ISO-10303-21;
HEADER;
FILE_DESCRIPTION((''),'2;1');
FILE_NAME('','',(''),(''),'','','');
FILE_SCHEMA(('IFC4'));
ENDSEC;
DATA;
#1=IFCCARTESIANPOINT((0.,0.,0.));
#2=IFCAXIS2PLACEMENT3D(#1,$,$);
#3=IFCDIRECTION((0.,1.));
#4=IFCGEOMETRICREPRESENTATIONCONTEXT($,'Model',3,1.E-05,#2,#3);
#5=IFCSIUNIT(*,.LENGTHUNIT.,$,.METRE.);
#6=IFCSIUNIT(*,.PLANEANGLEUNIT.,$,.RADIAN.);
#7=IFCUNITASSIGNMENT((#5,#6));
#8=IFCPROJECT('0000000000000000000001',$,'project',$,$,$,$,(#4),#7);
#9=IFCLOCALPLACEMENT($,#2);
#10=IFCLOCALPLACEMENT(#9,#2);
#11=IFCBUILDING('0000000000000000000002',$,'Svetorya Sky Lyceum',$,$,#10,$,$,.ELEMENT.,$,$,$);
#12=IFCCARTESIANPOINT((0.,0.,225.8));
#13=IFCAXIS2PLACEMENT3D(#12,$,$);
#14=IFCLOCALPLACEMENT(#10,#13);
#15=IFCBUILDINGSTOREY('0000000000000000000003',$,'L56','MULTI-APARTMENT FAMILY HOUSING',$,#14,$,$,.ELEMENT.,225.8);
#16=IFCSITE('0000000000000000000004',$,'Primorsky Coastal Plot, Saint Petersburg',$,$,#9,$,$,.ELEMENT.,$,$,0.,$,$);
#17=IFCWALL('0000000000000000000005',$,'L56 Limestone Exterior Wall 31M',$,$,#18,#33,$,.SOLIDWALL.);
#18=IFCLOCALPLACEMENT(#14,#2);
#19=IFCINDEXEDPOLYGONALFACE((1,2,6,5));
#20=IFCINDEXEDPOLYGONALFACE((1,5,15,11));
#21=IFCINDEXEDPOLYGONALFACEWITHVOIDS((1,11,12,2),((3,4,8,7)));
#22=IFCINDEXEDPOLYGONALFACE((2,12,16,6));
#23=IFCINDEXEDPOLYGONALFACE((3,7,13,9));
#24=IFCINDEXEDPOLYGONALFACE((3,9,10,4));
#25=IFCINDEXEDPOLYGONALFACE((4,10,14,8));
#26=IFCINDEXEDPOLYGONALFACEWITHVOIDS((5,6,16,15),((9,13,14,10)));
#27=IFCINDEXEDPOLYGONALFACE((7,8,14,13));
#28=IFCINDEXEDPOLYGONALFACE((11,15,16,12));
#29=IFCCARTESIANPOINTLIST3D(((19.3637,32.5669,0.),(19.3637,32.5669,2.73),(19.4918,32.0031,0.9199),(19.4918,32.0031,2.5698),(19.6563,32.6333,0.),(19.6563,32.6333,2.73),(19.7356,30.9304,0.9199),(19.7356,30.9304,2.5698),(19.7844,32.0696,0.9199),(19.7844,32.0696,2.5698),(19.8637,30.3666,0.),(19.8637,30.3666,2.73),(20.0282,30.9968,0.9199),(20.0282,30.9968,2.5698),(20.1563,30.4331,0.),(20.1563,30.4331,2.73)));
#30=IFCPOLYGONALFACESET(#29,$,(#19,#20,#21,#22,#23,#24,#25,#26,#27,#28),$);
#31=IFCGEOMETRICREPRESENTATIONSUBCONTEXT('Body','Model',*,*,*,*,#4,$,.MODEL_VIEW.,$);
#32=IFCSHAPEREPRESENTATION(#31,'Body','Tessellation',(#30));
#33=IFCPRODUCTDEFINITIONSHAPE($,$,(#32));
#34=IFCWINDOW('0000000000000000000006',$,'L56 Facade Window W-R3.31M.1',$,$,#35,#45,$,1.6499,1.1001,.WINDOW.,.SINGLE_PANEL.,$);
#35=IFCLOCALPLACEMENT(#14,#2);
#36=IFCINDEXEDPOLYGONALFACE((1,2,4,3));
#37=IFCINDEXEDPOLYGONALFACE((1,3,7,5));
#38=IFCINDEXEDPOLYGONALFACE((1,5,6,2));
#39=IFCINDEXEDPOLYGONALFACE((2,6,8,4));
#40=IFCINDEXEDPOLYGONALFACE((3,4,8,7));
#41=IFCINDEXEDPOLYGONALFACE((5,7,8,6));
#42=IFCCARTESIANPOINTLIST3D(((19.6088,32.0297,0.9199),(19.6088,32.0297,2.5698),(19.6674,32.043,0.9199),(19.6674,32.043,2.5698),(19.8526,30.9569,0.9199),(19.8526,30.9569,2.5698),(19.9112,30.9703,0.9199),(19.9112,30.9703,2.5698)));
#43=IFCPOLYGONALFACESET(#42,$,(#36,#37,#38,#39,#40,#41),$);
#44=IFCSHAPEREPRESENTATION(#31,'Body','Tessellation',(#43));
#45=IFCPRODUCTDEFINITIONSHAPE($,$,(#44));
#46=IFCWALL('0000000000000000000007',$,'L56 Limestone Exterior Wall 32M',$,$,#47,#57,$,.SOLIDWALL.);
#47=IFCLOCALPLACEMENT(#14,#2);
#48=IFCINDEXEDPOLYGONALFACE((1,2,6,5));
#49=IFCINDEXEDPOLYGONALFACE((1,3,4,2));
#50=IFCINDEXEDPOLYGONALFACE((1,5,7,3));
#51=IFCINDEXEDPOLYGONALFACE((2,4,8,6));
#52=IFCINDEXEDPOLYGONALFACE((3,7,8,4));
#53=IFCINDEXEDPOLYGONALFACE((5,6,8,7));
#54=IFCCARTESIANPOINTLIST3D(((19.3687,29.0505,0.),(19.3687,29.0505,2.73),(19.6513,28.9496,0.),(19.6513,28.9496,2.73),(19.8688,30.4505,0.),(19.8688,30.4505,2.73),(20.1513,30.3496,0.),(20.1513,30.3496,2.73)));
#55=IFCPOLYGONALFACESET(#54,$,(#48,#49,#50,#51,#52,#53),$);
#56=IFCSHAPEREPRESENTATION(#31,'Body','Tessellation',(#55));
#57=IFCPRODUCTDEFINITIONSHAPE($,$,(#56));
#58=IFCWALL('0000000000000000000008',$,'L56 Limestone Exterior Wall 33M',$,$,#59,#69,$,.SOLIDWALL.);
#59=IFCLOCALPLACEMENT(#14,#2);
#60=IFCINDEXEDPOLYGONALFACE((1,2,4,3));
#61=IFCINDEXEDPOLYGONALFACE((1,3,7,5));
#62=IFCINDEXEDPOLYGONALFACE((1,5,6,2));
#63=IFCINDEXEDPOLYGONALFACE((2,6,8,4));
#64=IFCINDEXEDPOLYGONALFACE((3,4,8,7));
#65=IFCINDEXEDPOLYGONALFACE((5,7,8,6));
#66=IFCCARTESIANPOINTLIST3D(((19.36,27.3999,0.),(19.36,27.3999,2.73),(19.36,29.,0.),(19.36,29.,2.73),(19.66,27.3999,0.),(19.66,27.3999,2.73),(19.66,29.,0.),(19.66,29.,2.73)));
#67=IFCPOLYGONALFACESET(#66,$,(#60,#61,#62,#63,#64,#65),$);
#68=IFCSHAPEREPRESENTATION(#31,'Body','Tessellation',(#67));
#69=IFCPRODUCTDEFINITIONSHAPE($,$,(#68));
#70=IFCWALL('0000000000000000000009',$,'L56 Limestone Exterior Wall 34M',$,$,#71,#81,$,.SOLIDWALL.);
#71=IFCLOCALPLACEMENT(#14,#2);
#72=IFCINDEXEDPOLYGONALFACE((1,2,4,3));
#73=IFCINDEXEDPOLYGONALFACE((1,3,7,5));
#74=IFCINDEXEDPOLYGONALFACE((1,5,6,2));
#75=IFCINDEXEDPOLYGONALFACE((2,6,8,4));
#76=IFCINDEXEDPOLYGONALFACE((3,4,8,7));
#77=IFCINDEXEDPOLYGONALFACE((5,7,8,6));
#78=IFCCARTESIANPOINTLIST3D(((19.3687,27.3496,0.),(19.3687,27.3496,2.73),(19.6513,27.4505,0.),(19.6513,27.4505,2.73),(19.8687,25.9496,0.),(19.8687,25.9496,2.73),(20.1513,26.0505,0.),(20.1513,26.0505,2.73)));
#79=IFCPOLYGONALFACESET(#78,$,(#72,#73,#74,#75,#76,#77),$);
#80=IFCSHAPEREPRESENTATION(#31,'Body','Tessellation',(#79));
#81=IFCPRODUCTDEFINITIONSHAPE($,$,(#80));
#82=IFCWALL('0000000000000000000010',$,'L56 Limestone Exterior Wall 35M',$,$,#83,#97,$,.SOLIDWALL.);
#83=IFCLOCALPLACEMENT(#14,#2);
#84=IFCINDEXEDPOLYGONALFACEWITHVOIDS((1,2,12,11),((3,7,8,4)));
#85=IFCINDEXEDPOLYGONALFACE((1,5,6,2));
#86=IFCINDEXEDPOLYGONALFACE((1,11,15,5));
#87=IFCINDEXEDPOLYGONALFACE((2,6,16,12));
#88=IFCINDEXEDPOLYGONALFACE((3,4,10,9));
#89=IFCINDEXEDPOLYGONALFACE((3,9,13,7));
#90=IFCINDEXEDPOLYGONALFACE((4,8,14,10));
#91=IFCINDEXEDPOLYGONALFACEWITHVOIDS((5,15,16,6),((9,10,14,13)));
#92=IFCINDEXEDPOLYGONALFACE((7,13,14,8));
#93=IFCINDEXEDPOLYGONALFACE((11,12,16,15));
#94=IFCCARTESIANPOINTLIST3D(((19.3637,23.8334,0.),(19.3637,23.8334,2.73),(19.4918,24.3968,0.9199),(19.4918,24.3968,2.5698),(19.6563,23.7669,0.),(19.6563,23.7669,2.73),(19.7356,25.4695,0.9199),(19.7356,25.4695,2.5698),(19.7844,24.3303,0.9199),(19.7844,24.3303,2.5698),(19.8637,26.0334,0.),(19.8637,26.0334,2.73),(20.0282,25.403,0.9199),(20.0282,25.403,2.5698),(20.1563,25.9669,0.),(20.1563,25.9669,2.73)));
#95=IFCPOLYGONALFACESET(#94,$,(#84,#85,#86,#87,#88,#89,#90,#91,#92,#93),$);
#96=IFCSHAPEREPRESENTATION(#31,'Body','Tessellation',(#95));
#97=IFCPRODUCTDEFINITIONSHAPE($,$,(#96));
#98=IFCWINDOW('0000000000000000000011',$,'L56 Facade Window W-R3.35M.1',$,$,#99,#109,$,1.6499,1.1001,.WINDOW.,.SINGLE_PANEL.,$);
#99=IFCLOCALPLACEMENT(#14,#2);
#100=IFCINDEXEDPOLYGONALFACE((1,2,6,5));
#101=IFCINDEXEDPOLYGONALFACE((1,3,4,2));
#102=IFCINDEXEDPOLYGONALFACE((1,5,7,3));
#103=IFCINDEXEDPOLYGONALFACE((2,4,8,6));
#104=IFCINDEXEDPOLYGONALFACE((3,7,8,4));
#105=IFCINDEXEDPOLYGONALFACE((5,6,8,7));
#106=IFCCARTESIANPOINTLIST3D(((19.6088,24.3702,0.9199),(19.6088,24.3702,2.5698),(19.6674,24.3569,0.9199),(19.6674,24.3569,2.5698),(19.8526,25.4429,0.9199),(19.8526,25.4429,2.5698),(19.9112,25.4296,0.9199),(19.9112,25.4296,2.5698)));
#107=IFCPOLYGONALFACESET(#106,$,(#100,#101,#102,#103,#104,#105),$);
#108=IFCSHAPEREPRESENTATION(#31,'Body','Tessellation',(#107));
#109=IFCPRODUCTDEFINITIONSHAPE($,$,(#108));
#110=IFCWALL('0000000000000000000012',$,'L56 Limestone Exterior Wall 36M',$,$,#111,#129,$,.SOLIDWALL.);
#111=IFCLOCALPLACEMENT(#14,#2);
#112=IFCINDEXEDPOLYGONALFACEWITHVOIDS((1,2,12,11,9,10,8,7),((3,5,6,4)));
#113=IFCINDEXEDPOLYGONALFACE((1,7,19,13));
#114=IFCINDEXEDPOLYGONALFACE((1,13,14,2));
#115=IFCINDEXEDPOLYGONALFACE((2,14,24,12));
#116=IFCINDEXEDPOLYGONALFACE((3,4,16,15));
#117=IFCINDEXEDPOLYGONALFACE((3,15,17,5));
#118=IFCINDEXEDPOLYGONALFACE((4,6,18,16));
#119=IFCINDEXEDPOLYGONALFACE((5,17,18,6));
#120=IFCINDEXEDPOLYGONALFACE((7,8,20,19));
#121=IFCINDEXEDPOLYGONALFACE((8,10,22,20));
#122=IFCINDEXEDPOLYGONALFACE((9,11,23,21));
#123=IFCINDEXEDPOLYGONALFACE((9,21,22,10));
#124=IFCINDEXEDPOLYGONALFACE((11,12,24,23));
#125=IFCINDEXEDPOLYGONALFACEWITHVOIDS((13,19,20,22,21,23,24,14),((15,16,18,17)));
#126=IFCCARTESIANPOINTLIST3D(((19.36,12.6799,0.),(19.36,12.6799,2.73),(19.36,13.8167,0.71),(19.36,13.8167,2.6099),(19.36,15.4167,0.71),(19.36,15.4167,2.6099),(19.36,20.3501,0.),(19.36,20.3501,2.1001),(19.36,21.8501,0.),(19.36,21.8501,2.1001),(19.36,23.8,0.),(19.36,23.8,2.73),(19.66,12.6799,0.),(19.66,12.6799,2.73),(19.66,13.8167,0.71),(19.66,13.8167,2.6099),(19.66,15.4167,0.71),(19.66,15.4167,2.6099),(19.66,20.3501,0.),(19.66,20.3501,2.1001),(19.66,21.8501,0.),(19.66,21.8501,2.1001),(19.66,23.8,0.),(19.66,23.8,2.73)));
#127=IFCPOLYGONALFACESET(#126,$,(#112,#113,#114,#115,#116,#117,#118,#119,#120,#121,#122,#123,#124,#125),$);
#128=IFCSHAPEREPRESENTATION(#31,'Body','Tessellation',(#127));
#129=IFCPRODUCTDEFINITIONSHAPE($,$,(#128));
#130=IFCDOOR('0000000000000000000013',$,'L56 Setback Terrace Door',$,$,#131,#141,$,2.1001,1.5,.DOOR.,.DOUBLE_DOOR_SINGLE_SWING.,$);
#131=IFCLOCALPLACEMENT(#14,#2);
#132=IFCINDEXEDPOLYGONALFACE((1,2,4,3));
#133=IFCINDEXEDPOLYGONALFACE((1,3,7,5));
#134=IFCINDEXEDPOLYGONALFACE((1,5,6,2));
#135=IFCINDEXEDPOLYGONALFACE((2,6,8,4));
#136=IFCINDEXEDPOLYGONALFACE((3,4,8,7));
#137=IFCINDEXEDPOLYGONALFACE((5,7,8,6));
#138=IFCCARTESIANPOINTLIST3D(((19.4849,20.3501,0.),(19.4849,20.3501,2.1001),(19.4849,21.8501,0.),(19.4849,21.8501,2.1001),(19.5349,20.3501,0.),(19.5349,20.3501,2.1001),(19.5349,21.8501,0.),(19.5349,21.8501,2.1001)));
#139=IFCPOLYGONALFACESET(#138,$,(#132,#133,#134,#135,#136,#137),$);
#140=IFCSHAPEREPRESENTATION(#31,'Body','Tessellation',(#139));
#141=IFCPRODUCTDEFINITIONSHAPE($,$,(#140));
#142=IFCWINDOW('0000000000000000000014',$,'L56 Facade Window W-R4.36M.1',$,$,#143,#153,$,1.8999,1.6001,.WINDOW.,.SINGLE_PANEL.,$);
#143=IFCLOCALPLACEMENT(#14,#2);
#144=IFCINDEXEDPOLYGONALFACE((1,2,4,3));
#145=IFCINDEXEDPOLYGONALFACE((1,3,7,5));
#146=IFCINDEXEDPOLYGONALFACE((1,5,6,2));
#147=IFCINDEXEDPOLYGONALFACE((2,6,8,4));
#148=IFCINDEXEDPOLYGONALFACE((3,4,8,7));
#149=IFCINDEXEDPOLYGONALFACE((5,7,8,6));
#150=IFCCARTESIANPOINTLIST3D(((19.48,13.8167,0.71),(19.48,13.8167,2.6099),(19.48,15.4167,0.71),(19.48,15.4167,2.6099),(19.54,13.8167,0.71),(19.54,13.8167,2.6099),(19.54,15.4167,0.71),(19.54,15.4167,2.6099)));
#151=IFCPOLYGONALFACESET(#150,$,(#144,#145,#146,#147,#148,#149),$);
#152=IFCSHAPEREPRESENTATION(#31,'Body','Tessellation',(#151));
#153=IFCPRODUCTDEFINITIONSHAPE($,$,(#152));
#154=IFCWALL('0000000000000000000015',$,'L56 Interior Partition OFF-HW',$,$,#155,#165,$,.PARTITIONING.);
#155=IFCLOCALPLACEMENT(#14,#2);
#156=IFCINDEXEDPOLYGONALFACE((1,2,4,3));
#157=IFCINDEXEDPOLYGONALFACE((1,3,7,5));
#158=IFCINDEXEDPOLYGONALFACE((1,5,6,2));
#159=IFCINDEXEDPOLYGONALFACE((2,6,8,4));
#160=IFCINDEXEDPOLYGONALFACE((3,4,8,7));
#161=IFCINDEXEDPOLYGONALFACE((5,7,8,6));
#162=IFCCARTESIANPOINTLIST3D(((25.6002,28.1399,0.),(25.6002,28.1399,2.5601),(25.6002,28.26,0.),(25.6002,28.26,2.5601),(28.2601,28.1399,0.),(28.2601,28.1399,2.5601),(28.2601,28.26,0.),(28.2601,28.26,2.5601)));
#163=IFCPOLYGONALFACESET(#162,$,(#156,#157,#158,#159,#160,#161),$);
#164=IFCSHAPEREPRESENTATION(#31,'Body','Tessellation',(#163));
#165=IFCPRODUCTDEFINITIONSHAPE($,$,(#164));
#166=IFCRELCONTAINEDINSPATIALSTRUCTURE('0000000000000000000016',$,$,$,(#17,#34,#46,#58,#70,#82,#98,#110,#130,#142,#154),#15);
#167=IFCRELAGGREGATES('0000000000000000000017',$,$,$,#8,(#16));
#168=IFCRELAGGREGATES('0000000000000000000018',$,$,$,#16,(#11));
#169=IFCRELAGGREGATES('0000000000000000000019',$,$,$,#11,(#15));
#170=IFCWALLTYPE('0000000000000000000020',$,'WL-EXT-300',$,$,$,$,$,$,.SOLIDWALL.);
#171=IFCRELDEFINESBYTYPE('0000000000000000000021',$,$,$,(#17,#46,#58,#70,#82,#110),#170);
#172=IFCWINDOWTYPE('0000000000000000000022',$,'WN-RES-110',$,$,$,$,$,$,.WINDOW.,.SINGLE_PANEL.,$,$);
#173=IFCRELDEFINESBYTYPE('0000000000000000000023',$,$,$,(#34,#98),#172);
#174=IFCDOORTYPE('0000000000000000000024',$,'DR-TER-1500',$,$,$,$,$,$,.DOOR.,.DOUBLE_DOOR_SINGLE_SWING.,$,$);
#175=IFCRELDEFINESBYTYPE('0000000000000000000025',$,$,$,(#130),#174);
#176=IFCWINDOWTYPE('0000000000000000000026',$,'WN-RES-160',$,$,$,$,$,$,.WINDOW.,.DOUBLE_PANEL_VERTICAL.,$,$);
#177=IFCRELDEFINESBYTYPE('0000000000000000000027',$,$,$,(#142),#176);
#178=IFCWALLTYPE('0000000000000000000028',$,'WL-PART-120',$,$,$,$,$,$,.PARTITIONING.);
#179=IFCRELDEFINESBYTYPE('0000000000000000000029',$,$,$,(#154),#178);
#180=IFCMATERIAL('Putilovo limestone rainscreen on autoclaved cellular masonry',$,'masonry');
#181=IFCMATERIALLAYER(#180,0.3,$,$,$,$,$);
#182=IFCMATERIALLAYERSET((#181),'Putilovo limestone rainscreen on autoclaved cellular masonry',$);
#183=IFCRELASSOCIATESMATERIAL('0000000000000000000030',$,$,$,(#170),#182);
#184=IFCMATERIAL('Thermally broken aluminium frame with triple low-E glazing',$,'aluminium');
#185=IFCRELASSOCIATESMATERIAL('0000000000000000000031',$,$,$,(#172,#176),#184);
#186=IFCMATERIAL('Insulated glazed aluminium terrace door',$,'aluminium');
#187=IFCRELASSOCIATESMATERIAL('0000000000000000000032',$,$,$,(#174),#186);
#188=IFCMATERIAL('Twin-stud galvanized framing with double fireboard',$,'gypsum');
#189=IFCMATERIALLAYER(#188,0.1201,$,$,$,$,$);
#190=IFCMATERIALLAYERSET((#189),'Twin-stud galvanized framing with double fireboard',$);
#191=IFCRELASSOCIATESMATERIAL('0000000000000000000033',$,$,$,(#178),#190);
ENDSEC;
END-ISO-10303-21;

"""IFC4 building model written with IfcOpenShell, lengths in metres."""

from ifc_helpers import new_model, si_unit, direction, frame, frame_2d, origin, place, context, subcontext, project, spatial, rectangle, extrude, material, layer, layer_set, type_object, element, fill, save


model = new_model("IFC4")

# Units and contexts
model_context = context("Model", 3, precision=1e-05, world=origin(), true_north=direction((0.0, 1.0)))
body_context = subcontext(model_context, "Body", "Model", "MODEL_VIEW")
ifc_project = project(units=[si_unit("LENGTHUNIT", "METRE"), si_unit("PLANEANGLEUNIT", "RADIAN")], contexts=[model_context])

# Site, building, storey
site_placement = place(None, origin())
site = spatial("IfcSite", under=ifc_project, at=site_placement, Name="Primorsky Coastal Plot, Saint Petersburg", CompositionType="ELEMENT", RefElevation=0.0)
building_placement = place(site_placement, origin())
building = spatial("IfcBuilding", under=site, at=building_placement, Name="Svetorya Sky Lyceum", CompositionType="ELEMENT")
storey_placement = place(building_placement, frame((0.0, 0.0, 225.8)))
storey = spatial("IfcBuildingStorey", under=building, at=storey_placement, Name="L56", Description="MULTI-APARTMENT FAMILY HOUSING", CompositionType="ELEMENT", Elevation=225.8)

# Wall, opening, window
ifc_material_1 = material(Name="Putilovo limestone rainscreen on autoclaved cellular masonry", Category="masonry")
ifc_layer_1 = layer(ifc_material_1, 0.3)
ifc_layer_set_1 = layer_set([ifc_layer_1], Name="Putilovo limestone rainscreen on autoclaved cellular masonry")
wall_type_1 = type_object("IfcWallType", Name="WL-EXT-300", PredefinedType="SOLIDWALL", material=ifc_layer_set_1)
wall_1_placement = place(storey_placement, frame((19.51, 32.6001, 0.0), z_axis=(0.0, 0.0, 1.0), x_axis=(0.221602, -0.975137, 0.0)))
wall_1 = element("IfcWall", 1, at=wall_1_placement, inside=storey, type_object=wall_type_1, Name="L56 Limestone Exterior Wall 31M", PredefinedType="SOLIDWALL", context=body_context, shape_type="SweptSolid", body=[
    extrude(rectangle(XDim=2.2563, YDim=0.3, at=frame_2d((1.1282, 0.0))), origin(), (0.0, 0.0, 1.0), 2.73),
])
opening_1_placement = place(wall_1_placement, frame((0.5781, 0.0, 0.9199)))
opening_1 = element("IfcOpeningElement", 2, at=opening_1_placement, cuts=wall_1, PredefinedType="OPENING", context=body_context, shape_type="SweptSolid", body=[
    extrude(rectangle(XDim=1.1001, YDim=1.6499, at=frame_2d((0.55, 0.825))), frame((0.0, 0.1599, 0.0), z_axis=(0.0, -1.0, 0.0), x_axis=(1.0, 0.0, 0.0)), (0.0, 0.0, 1.0), 0.3201),
])
ifc_material_2 = material(Name="Thermally broken aluminium frame with triple low-E glazing", Category="aluminium")
window_type_1 = type_object("IfcWindowType", Name="WN-RES-110", PartitioningType="SINGLE_PANEL", PredefinedType="WINDOW", material=ifc_material_2)
window_1_placement = place(opening_1_placement, origin())
window_1 = element("IfcWindow", 3, at=window_1_placement, inside=storey, type_object=window_type_1, Name="L56 Facade Window W-R3.31M.1", OverallHeight=1.6499, OverallWidth=1.1001, PartitioningType="SINGLE_PANEL", PredefinedType="WINDOW", context=body_context, shape_type="SweptSolid", body=[
    extrude(rectangle(XDim=1.1001, YDim=1.6499, at=frame_2d((0.55, 0.825))), frame((0.0, 0.03, 0.0), z_axis=(0.0, -1.0, 0.0), x_axis=(1.0, 0.0, 0.0)), (0.0, 0.0, 1.0), 0.0601),
])
fill(opening_1, window_1)

# Walls
wall_2_placement = place(storey_placement, frame((20.01, 30.3999, 0.0), z_axis=(0.0, 0.0, 1.0), x_axis=(-0.336357, -0.941734, 0.0)))
element("IfcWall", 4, at=wall_2_placement, inside=storey, type_object=wall_type_1, Name="L56 Limestone Exterior Wall 32M", PredefinedType="SOLIDWALL", context=body_context, shape_type="SweptSolid", body=[
    extrude(rectangle(XDim=1.4866, YDim=0.3, at=frame_2d((0.7432, 0.0))), origin(), (0.0, 0.0, 1.0), 2.73),
])
wall_3_placement = place(storey_placement, frame((19.51, 29.0, 0.0), z_axis=(0.0, 0.0, 1.0), x_axis=(0.0, -1.0, 0.0)))
element("IfcWall", 5, at=wall_3_placement, inside=storey, type_object=wall_type_1, Name="L56 Limestone Exterior Wall 33M", PredefinedType="SOLIDWALL", context=body_context, shape_type="SweptSolid", body=[
    extrude(rectangle(XDim=1.6001, YDim=0.3, at=frame_2d((0.8, 0.0))), origin(), (0.0, 0.0, 1.0), 2.73),
])
wall_4_placement = place(storey_placement, frame((19.51, 27.3999, 0.0), z_axis=(0.0, 0.0, 1.0), x_axis=(0.336357, -0.941734, 0.0)))
element("IfcWall", 6, at=wall_4_placement, inside=storey, type_object=wall_type_1, Name="L56 Limestone Exterior Wall 34M", PredefinedType="SOLIDWALL", context=body_context, shape_type="SweptSolid", body=[
    extrude(rectangle(XDim=1.4866, YDim=0.3, at=frame_2d((0.7432, 0.0))), origin(), (0.0, 0.0, 1.0), 2.73),
])

# Wall, opening, window
wall_5_placement = place(storey_placement, frame((20.01, 26.0, 0.0), z_axis=(0.0, 0.0, 1.0), x_axis=(-0.221626, -0.975132, 0.0)))
wall_5 = element("IfcWall", 7, at=wall_5_placement, inside=storey, type_object=wall_type_1, Name="L56 Limestone Exterior Wall 35M", PredefinedType="SOLIDWALL", context=body_context, shape_type="SweptSolid", body=[
    extrude(rectangle(XDim=2.2561, YDim=0.3, at=frame_2d((1.1279, 0.0))), origin(), (0.0, 0.0, 1.0), 2.73),
])
opening_2_placement = place(wall_5_placement, frame((0.5781, 0.0, 0.9199)))
opening_2 = element("IfcOpeningElement", 8, at=opening_2_placement, cuts=wall_5, PredefinedType="OPENING", context=body_context, shape_type="SweptSolid", body=[
    extrude(rectangle(XDim=1.1001, YDim=1.6499, at=frame_2d((0.55, 0.825))), frame((0.0, 0.1599, 0.0), z_axis=(0.0, -1.0, 0.0), x_axis=(1.0, 0.0, 0.0)), (0.0, 0.0, 1.0), 0.3201),
])
window_2_placement = place(opening_2_placement, origin())
window_2 = element("IfcWindow", 9, at=window_2_placement, inside=storey, type_object=window_type_1, Name="L56 Facade Window W-R3.35M.1", OverallHeight=1.6499, OverallWidth=1.1001, PartitioningType="SINGLE_PANEL", PredefinedType="WINDOW", context=body_context, shape_type="SweptSolid", body=[
    extrude(rectangle(XDim=1.1001, YDim=1.6499, at=frame_2d((0.55, 0.825))), frame((0.0, 0.03, 0.0), z_axis=(0.0, -1.0, 0.0), x_axis=(1.0, 0.0, 0.0)), (0.0, 0.0, 1.0), 0.0601),
])
fill(opening_2, window_2)

# Wall, openings, door, window
wall_6_placement = place(storey_placement, frame((19.51, 23.8, 0.0), z_axis=(0.0, 0.0, 1.0), x_axis=(0.0, -1.0, 0.0)))
wall_6 = element("IfcWall", 10, at=wall_6_placement, inside=storey, type_object=wall_type_1, Name="L56 Limestone Exterior Wall 36M", PredefinedType="SOLIDWALL", context=body_context, shape_type="SweptSolid", body=[
    extrude(rectangle(XDim=11.1201, YDim=0.3, at=frame_2d((5.5601, 0.0))), origin(), (0.0, 0.0, 1.0), 2.73),
])
opening_3_placement = place(wall_6_placement, frame((1.95, 0.0, 0.0)))
opening_3 = element("IfcOpeningElement", 11, at=opening_3_placement, cuts=wall_6, PredefinedType="OPENING", context=body_context, shape_type="SweptSolid", body=[
    extrude(rectangle(XDim=1.5, YDim=2.1001, at=frame_2d((0.75, 1.05))), frame((0.0, 0.1599, 0.0), z_axis=(0.0, -1.0, 0.0), x_axis=(1.0, 0.0, 0.0)), (0.0, 0.0, 1.0), 0.3201),
])
opening_4_placement = place(wall_6_placement, frame((8.3833, 0.0, 0.71)))
opening_4 = element("IfcOpeningElement", 12, at=opening_4_placement, cuts=wall_6, PredefinedType="OPENING", context=body_context, shape_type="SweptSolid", body=[
    extrude(rectangle(XDim=1.6001, YDim=1.8999, at=frame_2d((0.8, 0.95))), frame((0.0, 0.1599, 0.0), z_axis=(0.0, -1.0, 0.0), x_axis=(1.0, 0.0, 0.0)), (0.0, 0.0, 1.0), 0.3201),
])
ifc_material_3 = material(Name="Insulated glazed aluminium terrace door", Category="aluminium")
door_type_1 = type_object("IfcDoorType", Name="DR-TER-1500", OperationType="DOUBLE_DOOR_SINGLE_SWING", PredefinedType="DOOR", material=ifc_material_3)
door_1_placement = place(opening_3_placement, origin())
door_1 = element("IfcDoor", 13, at=door_1_placement, inside=storey, type_object=door_type_1, Name="L56 Setback Terrace Door", OperationType="DOUBLE_DOOR_SINGLE_SWING", OverallHeight=2.1001, OverallWidth=1.5, PredefinedType="DOOR", context=body_context, shape_type="SweptSolid", body=[
    extrude(rectangle(XDim=1.5, YDim=2.1001, at=frame_2d((0.75, 1.05))), frame((0.0, 0.0249, 0.0), z_axis=(0.0, -1.0, 0.0), x_axis=(1.0, 0.0, 0.0)), (0.0, 0.0, 1.0), 0.05),
])
fill(opening_3, door_1)
window_type_2 = type_object("IfcWindowType", Name="WN-RES-160", PartitioningType="DOUBLE_PANEL_VERTICAL", PredefinedType="WINDOW", material=ifc_material_2)
window_3_placement = place(opening_4_placement, origin())
window_3 = element("IfcWindow", 14, at=window_3_placement, inside=storey, type_object=window_type_2, Name="L56 Facade Window W-R4.36M.1", OverallHeight=1.8999, OverallWidth=1.6001, PartitioningType="SINGLE_PANEL", PredefinedType="WINDOW", context=body_context, shape_type="SweptSolid", body=[
    extrude(rectangle(XDim=1.6001, YDim=1.8999, at=frame_2d((0.8, 0.95))), frame((0.0, 0.03, 0.0), z_axis=(0.0, -1.0, 0.0), x_axis=(1.0, 0.0, 0.0)), (0.0, 0.0, 1.0), 0.0601),
])
fill(opening_4, window_3)

# Wall
ifc_material_4 = material(Name="Twin-stud galvanized framing with double fireboard", Category="gypsum")
ifc_layer_2 = layer(ifc_material_4, 0.1201)
ifc_layer_set_2 = layer_set([ifc_layer_2], Name="Twin-stud galvanized framing with double fireboard")
wall_type_2 = type_object("IfcWallType", Name="WL-PART-120", PredefinedType="PARTITIONING", material=ifc_layer_set_2)
wall_7_placement = place(storey_placement, frame((25.6001, 28.2, 0.0), z_axis=(0.0, 0.0, 1.0), x_axis=(1.0, 0.0, 0.0)))
element("IfcWall", 15, at=wall_7_placement, inside=storey, type_object=wall_type_2, Name="L56 Interior Partition OFF-HW", PredefinedType="PARTITIONING", context=body_context, shape_type="SweptSolid", body=[
    extrude(rectangle(XDim=2.6599, YDim=0.1201, at=frame_2d((1.3301, 0.0))), origin(), (0.0, 0.0, 1.0), 2.5601),
])

save(model, "model.ifc")
